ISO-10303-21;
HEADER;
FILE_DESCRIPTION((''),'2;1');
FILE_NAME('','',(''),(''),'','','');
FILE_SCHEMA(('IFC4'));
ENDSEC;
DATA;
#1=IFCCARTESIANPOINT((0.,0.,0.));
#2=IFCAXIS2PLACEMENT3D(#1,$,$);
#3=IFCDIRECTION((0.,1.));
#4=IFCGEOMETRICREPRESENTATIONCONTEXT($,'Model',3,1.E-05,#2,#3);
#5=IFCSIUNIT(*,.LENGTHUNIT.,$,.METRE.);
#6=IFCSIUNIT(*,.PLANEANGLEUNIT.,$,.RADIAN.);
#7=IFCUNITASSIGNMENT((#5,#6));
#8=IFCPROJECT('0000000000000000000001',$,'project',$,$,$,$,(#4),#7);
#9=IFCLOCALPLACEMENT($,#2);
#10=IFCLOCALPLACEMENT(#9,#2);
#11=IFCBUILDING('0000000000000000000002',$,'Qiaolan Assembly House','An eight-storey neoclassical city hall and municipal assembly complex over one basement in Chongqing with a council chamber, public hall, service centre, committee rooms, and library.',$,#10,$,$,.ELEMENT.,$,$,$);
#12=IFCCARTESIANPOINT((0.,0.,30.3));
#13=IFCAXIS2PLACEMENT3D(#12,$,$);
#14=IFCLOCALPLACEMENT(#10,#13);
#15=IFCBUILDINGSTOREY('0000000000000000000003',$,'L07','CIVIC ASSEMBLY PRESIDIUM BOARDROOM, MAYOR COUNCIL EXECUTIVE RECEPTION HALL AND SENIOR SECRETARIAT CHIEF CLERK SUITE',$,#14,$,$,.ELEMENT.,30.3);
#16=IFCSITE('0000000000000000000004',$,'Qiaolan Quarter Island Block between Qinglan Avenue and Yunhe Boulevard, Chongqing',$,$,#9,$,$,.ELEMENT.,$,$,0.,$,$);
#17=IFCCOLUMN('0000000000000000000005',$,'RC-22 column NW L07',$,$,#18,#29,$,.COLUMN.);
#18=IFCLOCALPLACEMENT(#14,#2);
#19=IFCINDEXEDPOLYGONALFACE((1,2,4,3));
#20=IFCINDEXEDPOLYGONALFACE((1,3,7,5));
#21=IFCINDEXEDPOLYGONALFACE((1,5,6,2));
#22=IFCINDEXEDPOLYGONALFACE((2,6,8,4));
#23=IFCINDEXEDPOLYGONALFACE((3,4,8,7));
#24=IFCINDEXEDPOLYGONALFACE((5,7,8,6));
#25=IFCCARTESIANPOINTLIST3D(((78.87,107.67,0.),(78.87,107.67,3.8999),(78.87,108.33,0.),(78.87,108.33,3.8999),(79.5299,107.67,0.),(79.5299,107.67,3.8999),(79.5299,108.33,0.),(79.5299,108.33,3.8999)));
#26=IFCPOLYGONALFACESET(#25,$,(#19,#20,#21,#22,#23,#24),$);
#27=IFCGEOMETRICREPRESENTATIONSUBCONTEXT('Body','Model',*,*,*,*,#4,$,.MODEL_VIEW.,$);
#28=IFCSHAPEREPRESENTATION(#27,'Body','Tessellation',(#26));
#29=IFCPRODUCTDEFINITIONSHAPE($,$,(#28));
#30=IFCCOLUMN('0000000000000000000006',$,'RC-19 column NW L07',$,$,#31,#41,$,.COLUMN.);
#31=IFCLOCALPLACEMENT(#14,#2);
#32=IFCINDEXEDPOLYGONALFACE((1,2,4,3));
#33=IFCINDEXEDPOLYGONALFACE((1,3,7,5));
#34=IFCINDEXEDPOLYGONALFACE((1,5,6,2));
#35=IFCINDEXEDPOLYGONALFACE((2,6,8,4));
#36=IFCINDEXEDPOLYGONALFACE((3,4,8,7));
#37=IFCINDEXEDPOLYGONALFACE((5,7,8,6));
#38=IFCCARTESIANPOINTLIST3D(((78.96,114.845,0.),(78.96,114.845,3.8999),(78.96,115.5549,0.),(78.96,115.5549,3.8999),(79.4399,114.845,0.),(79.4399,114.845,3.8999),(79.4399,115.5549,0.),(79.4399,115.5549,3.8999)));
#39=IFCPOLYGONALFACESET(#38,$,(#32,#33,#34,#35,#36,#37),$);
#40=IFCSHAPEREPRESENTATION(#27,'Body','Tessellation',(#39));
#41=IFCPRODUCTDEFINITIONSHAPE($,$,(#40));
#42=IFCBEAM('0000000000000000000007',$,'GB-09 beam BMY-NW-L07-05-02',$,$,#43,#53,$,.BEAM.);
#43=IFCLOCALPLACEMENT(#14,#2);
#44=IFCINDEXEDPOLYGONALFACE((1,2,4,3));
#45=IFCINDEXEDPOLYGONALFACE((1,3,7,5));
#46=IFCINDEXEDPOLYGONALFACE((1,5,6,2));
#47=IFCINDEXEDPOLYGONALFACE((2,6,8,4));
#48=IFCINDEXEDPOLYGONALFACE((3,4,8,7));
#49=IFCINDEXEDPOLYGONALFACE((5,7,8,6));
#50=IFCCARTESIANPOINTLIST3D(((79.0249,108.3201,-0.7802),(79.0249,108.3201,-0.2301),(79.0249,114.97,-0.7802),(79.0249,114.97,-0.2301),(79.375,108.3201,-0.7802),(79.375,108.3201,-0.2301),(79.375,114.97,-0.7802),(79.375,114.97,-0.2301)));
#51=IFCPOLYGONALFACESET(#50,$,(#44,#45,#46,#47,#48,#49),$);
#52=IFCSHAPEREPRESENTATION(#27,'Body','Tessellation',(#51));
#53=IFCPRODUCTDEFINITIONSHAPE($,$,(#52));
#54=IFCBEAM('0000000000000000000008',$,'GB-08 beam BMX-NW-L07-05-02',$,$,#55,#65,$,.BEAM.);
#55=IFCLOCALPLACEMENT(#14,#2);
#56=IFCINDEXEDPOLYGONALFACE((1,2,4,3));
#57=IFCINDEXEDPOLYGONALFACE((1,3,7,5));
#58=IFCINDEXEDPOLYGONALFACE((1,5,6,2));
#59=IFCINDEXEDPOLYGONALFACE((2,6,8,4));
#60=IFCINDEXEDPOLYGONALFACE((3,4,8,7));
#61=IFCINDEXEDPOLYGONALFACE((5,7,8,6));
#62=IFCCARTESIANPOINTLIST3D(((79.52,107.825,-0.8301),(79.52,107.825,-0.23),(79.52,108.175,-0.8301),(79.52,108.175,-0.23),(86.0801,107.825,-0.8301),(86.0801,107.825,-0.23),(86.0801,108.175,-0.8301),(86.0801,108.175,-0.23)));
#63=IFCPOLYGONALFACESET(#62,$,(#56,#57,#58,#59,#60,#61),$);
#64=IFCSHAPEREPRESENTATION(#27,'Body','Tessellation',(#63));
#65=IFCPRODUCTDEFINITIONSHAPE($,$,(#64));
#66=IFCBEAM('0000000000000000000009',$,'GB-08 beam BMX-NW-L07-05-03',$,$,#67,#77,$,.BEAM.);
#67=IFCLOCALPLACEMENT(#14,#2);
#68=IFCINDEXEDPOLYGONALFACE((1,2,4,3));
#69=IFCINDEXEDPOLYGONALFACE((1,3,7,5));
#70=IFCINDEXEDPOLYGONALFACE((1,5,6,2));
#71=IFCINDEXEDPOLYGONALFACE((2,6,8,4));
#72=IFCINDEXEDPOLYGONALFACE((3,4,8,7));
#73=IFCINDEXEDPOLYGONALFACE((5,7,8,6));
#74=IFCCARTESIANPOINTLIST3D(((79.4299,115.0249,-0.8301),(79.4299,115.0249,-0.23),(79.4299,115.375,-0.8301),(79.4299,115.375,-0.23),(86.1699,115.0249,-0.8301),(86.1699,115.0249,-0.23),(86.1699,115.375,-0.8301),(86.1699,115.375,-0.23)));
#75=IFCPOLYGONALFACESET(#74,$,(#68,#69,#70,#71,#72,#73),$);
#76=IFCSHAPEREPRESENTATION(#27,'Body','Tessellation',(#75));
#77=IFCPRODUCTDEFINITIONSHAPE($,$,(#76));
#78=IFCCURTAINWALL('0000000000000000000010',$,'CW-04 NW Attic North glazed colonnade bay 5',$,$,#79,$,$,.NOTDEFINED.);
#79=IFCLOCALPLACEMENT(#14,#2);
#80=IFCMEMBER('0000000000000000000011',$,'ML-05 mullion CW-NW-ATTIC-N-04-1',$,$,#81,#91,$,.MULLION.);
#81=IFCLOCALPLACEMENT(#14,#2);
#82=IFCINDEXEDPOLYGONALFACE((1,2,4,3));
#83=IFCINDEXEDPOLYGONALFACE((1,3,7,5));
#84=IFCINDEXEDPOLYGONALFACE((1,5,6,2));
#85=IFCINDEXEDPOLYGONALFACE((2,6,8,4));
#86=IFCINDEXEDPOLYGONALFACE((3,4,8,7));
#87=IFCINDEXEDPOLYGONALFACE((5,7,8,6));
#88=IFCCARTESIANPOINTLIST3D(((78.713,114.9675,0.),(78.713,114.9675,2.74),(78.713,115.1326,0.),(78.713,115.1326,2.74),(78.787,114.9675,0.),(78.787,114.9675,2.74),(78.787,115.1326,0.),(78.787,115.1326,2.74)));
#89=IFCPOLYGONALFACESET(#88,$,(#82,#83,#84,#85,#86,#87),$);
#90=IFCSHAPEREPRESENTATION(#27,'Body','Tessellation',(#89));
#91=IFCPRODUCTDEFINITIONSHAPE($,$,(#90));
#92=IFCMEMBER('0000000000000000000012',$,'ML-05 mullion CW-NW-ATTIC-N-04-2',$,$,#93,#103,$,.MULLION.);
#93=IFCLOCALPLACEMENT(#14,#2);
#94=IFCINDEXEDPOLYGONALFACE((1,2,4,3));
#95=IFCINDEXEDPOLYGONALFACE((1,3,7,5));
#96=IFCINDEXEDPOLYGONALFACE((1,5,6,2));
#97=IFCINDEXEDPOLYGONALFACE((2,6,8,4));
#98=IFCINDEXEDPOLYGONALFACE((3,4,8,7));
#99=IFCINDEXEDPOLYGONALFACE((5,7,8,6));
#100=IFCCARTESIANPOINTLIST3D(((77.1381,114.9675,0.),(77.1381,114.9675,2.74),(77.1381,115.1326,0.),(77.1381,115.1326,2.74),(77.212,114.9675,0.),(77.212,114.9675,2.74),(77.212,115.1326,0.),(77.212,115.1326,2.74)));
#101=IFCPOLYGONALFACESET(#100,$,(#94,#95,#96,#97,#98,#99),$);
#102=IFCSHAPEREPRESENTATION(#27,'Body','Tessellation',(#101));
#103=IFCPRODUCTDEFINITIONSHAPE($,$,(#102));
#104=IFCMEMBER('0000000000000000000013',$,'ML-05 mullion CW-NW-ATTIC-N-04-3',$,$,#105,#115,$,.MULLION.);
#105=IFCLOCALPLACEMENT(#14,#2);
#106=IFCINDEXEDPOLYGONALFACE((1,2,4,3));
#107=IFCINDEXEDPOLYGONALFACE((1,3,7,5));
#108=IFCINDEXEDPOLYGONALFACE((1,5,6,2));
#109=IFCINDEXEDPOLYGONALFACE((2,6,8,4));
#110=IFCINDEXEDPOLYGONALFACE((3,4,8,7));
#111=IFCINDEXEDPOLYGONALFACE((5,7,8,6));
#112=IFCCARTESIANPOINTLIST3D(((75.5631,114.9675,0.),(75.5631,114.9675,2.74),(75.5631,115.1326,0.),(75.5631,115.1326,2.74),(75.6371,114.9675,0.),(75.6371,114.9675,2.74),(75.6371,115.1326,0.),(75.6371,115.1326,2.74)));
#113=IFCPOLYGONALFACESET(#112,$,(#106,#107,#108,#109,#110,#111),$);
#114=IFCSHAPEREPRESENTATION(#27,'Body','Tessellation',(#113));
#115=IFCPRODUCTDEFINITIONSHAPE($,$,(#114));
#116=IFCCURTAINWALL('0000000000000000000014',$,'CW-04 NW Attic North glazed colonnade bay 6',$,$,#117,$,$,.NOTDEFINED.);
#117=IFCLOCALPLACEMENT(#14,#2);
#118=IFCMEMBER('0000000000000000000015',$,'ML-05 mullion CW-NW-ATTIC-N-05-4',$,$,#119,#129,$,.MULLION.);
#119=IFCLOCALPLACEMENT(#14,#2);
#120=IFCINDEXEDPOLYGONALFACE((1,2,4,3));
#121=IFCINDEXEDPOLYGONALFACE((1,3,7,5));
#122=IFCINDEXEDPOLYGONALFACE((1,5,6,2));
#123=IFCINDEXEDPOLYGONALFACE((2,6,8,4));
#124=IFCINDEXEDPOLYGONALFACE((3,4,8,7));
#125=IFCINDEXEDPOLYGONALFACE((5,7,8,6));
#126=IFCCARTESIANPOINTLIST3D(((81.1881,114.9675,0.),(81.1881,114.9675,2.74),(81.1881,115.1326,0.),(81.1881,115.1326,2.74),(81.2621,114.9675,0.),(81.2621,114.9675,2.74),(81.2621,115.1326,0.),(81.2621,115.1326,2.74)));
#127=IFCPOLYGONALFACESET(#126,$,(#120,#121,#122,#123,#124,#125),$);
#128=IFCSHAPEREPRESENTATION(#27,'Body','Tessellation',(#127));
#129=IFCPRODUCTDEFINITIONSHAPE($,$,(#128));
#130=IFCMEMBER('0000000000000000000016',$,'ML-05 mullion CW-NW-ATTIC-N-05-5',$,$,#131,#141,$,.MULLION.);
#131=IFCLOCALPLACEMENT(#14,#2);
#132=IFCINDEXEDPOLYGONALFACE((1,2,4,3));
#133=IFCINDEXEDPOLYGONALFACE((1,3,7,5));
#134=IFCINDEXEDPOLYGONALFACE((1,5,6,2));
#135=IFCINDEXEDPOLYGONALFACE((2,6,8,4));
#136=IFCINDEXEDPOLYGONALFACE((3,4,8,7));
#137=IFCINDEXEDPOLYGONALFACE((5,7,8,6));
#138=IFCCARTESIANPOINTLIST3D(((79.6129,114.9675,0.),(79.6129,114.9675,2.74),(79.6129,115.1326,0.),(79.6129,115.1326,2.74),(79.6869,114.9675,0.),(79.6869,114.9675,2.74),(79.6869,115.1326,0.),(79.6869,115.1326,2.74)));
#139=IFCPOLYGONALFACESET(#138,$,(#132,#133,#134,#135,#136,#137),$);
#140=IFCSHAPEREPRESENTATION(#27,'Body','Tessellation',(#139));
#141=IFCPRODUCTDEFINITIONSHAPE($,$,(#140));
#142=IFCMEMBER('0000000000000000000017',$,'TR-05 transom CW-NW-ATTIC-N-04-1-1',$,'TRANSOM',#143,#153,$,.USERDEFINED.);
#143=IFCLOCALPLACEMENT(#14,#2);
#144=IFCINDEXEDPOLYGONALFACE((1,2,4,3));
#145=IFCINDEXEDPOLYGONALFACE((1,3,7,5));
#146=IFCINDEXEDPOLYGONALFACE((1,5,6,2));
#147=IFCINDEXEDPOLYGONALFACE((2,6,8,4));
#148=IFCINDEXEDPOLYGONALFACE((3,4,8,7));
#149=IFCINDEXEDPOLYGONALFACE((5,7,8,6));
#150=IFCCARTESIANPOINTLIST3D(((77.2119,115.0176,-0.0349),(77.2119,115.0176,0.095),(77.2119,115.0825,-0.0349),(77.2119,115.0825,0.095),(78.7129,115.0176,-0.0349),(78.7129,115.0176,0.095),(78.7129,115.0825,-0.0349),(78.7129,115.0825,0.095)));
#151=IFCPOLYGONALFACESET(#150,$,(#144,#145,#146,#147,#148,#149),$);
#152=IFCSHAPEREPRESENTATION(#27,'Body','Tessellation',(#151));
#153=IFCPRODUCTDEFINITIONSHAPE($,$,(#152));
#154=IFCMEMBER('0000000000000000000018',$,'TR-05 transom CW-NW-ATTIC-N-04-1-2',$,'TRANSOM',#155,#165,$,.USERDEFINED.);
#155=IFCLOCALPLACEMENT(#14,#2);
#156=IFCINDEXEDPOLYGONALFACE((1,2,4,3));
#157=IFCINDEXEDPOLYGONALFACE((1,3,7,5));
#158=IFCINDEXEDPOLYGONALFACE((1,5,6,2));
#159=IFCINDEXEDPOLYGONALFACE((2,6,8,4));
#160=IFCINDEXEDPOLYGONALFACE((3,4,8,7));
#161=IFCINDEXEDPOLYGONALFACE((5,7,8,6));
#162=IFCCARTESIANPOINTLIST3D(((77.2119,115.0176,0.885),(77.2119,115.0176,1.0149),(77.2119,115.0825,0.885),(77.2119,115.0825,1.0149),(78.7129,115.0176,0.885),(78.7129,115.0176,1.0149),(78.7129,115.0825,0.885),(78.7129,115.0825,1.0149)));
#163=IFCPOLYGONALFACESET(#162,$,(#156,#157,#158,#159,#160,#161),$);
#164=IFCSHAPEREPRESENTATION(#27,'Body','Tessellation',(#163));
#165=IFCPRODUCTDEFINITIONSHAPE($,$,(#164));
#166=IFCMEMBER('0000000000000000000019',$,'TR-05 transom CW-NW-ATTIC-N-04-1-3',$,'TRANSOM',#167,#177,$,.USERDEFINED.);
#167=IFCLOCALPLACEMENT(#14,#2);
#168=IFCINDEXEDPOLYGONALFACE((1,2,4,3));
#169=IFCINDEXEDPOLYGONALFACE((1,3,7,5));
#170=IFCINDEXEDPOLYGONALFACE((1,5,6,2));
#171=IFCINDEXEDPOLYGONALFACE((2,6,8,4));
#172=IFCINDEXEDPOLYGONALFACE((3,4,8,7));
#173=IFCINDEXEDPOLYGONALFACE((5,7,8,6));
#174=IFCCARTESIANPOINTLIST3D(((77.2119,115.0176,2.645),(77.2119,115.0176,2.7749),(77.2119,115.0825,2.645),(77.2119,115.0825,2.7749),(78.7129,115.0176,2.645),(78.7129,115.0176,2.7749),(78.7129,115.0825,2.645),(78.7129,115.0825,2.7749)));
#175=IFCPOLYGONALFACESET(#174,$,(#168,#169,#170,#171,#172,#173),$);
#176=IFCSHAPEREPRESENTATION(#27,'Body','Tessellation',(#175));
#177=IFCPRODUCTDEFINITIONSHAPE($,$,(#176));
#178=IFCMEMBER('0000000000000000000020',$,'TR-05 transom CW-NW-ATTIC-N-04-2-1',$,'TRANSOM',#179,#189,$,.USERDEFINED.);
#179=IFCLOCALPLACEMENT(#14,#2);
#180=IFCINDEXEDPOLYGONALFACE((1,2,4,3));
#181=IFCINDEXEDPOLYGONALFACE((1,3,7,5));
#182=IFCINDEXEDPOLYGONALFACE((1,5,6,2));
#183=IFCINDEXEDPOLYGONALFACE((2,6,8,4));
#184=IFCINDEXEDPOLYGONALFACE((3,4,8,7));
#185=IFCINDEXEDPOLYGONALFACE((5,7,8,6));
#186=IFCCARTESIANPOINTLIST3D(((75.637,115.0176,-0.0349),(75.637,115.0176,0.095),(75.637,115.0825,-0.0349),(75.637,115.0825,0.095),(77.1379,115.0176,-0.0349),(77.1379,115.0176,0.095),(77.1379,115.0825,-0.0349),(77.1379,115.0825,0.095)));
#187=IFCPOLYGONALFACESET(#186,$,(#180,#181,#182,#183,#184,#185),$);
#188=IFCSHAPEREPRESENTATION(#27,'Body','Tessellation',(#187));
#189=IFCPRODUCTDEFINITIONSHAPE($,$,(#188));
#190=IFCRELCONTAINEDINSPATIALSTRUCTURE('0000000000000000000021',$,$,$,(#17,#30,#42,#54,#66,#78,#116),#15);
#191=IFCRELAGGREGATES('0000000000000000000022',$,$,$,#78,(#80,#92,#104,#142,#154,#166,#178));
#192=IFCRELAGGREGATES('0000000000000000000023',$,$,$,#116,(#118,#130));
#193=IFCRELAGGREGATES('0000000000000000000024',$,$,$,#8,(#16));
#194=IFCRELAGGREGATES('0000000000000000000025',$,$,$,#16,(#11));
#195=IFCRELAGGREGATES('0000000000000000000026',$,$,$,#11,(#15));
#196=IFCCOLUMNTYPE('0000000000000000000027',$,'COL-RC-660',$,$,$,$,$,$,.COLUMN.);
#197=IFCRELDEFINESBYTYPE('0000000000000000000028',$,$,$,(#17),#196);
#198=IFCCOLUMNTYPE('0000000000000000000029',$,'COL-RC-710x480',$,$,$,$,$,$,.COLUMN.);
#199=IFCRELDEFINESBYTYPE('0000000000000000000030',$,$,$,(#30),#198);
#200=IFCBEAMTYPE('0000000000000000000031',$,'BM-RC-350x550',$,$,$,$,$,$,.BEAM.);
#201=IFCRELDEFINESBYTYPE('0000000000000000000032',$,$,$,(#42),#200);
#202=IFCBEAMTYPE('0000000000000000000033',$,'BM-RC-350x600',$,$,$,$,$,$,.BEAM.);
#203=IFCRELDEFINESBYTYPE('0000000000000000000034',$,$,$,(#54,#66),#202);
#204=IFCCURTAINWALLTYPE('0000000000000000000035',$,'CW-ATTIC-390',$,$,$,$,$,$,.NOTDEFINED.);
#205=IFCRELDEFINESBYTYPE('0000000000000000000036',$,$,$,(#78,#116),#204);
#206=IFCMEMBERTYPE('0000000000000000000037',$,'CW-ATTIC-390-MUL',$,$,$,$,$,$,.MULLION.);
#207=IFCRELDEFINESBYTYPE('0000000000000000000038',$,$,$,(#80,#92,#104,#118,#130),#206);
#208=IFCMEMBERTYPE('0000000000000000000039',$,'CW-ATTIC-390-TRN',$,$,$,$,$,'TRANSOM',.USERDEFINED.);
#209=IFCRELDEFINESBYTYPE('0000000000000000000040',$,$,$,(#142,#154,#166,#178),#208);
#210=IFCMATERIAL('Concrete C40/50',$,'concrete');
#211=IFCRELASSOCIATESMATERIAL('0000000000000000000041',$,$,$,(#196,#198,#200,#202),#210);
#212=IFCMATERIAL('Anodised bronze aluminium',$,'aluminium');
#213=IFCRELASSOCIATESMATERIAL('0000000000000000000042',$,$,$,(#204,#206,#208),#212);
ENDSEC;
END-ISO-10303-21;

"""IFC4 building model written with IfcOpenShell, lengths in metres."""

from ifc_helpers import new_model, si_unit, direction, frame, origin, origin_2d, place, context, subcontext, project, spatial, rectangle, extrude, material, material_profile, profile_set, type_object, element, aggregate, save


model = new_model("IFC4")

# Units and contexts
model_context = context("Model", 3, precision=1e-05, world=origin(), true_north=direction((0.0, 1.0)))
body_context = subcontext(model_context, "Body", "Model", "MODEL_VIEW")
ifc_project = project(units=[si_unit("LENGTHUNIT", "METRE"), si_unit("PLANEANGLEUNIT", "RADIAN")], contexts=[model_context])

# Site, building, storey
site_placement = place(None, origin())
site = spatial("IfcSite", under=ifc_project, at=site_placement, Name="Qiaolan Quarter Island Block between Qinglan Avenue and Yunhe Boulevard, Chongqing", CompositionType="ELEMENT", RefElevation=0.0)
building_placement = place(site_placement, origin())
building = spatial("IfcBuilding", under=site, at=building_placement, Name="Qiaolan Assembly House", Description="An eight-storey neoclassical city hall and municipal assembly complex over one basement in Chongqing with a council chamber, public hall, service centre, committee rooms, and library.", CompositionType="ELEMENT")
storey_placement = place(building_placement, frame((0.0, 0.0, 30.3)))
storey = spatial("IfcBuildingStorey", under=building, at=storey_placement, Name="L07", Description="CIVIC ASSEMBLY PRESIDIUM BOARDROOM, MAYOR COUNCIL EXECUTIVE RECEPTION HALL AND SENIOR SECRETARIAT CHIEF CLERK SUITE", CompositionType="ELEMENT", Elevation=30.3)

# Columns
ifc_material_1 = material(Name="Concrete C40/50", Category="concrete")
ifc_material_profile_1 = material_profile(ifc_material_1, rectangle(XDim=0.6599, YDim=0.6599, at=origin_2d()), Name="RC 660x660")
ifc_profile_set_1 = profile_set([ifc_material_profile_1], Name="Concrete C40/50")
column_type_1 = type_object("IfcColumnType", Name="COL-RC-660", PredefinedType="COLUMN", material=ifc_profile_set_1)
column_1_placement = place(storey_placement, frame((79.2, 108.0, 0.0), z_axis=(0.0, 0.0, 1.0), x_axis=(1.0, 0.0, 0.0)))
element("IfcColumn", 1, at=column_1_placement, inside=storey, type_object=column_type_1, Name="RC-22 column NW L07", PredefinedType="COLUMN", context=body_context, shape_type="SweptSolid", body=[
    extrude(rectangle(XDim=0.6599, YDim=0.6599, at=origin_2d()), origin(), (0.0, 0.0, 1.0), 3.8999),
])
ifc_material_profile_2 = material_profile(ifc_material_1, rectangle(XDim=0.48, YDim=0.71, at=origin_2d()), Name="RC 710x480")
ifc_profile_set_2 = profile_set([ifc_material_profile_2], Name="Concrete C40/50")
column_type_2 = type_object("IfcColumnType", Name="COL-RC-710x480", PredefinedType="COLUMN", material=ifc_profile_set_2)
column_2_placement = place(storey_placement, frame((79.2, 115.2, 0.0), z_axis=(0.0, 0.0, 1.0), x_axis=(1.0, 0.0, 0.0)))
element("IfcColumn", 2, at=column_2_placement, inside=storey, type_object=column_type_2, Name="RC-19 column NW L07", PredefinedType="COLUMN", context=body_context, shape_type="SweptSolid", body=[
    extrude(rectangle(XDim=0.48, YDim=0.71, at=origin_2d()), origin(), (0.0, 0.0, 1.0), 3.8999),
])

# Beams
ifc_material_profile_3 = material_profile(ifc_material_1, rectangle(XDim=0.3501, YDim=0.55, at=origin_2d()), Name="RCB 350x550")
ifc_profile_set_3 = profile_set([ifc_material_profile_3], Name="Concrete C40/50")
beam_type_1 = type_object("IfcBeamType", Name="BM-RC-350x550", PredefinedType="BEAM", material=ifc_profile_set_3)
beam_1_placement = place(storey_placement, frame((79.2, 108.3201, -0.5051), z_axis=(0.0, 1.0, 0.0), x_axis=(-1.0, 0.0, 0.0)))
element("IfcBeam", 3, at=beam_1_placement, inside=storey, type_object=beam_type_1, Name="GB-09 beam BMY-NW-L07-05-02", PredefinedType="BEAM", context=body_context, shape_type="SweptSolid", body=[
    extrude(rectangle(XDim=0.3501, YDim=0.55, at=origin_2d()), origin(), (0.0, 0.0, 1.0), 6.6499),
])
ifc_material_profile_4 = material_profile(ifc_material_1, rectangle(XDim=0.3501, YDim=0.6001, at=origin_2d()), Name="RCB 350x600")
ifc_profile_set_4 = profile_set([ifc_material_profile_4], Name="Concrete C40/50")
beam_type_2 = type_object("IfcBeamType", Name="BM-RC-350x600", PredefinedType="BEAM", material=ifc_profile_set_4)
beam_2_placement = place(storey_placement, frame((79.52, 108.0, -0.53), z_axis=(1.0, 0.0, 0.0), x_axis=(0.0, 1.0, 0.0)))
element("IfcBeam", 4, at=beam_2_placement, inside=storey, type_object=beam_type_2, Name="GB-08 beam BMX-NW-L07-05-02", PredefinedType="BEAM", context=body_context, shape_type="SweptSolid", body=[
    extrude(rectangle(XDim=0.3501, YDim=0.6001, at=origin_2d()), origin(), (0.0, 0.0, 1.0), 6.5601),
])
beam_3_placement = place(storey_placement, frame((79.4299, 115.2, -0.53), z_axis=(1.0, 0.0, 0.0), x_axis=(0.0, 1.0, 0.0)))
element("IfcBeam", 5, at=beam_3_placement, inside=storey, type_object=beam_type_2, Name="GB-08 beam BMX-NW-L07-05-03", PredefinedType="BEAM", context=body_context, shape_type="SweptSolid", body=[
    extrude(rectangle(XDim=0.3501, YDim=0.6001, at=origin_2d()), origin(), (0.0, 0.0, 1.0), 6.74),
])

# Curtain walls, members
ifc_material_2 = material(Name="Anodised bronze aluminium", Category="aluminium")
curtain_wall_type = type_object("IfcCurtainWallType", Name="CW-ATTIC-390", PredefinedType="NOTDEFINED", material=ifc_material_2)
curtain_wall_1_placement = place(storey_placement, origin())
curtain_wall_1 = element("IfcCurtainWall", 6, at=curtain_wall_1_placement, inside=storey, type_object=curtain_wall_type, Name="CW-04 NW Attic North glazed colonnade bay 5", PredefinedType="NOTDEFINED")
ifc_material_profile_5 = material_profile(ifc_material_2, rectangle(XDim=0.074, YDim=0.165, at=origin_2d()), Name="MUL 74x165")
ifc_profile_set_5 = profile_set([ifc_material_profile_5], Name="Anodised bronze aluminium")
member_type_1 = type_object("IfcMemberType", Name="CW-ATTIC-390-MUL", PredefinedType="MULLION", material=ifc_profile_set_5)
member_1_placement = place(storey_placement, frame((78.75, 115.05, 0.0), z_axis=(0.0, 0.0, 1.0), x_axis=(-1.0, 0.0, 0.0)))
member_1 = element("IfcMember", 7, at=member_1_placement, type_object=member_type_1, Name="ML-05 mullion CW-NW-ATTIC-N-04-1", PredefinedType="MULLION", context=body_context, shape_type="SweptSolid", body=[
    extrude(rectangle(XDim=0.074, YDim=0.165, at=origin_2d()), origin(), (0.0, 0.0, 1.0), 2.74),
])
member_2_placement = place(storey_placement, frame((77.175, 115.05, 0.0), z_axis=(0.0, 0.0, 1.0), x_axis=(-1.0, 0.0, 0.0)))
member_2 = element("IfcMember", 8, at=member_2_placement, type_object=member_type_1, Name="ML-05 mullion CW-NW-ATTIC-N-04-2", PredefinedType="MULLION", context=body_context, shape_type="SweptSolid", body=[
    extrude(rectangle(XDim=0.074, YDim=0.165, at=origin_2d()), origin(), (0.0, 0.0, 1.0), 2.74),
])
member_3_placement = place(storey_placement, frame((75.6001, 115.05, 0.0), z_axis=(0.0, 0.0, 1.0), x_axis=(-1.0, 0.0, 0.0)))
member_3 = element("IfcMember", 9, at=member_3_placement, type_object=member_type_1, Name="ML-05 mullion CW-NW-ATTIC-N-04-3", PredefinedType="MULLION", context=body_context, shape_type="SweptSolid", body=[
    extrude(rectangle(XDim=0.074, YDim=0.165, at=origin_2d()), origin(), (0.0, 0.0, 1.0), 2.74),
])
curtain_wall_2_placement = place(storey_placement, origin())
curtain_wall_2 = element("IfcCurtainWall", 10, at=curtain_wall_2_placement, inside=storey, type_object=curtain_wall_type, Name="CW-04 NW Attic North glazed colonnade bay 6", PredefinedType="NOTDEFINED")
member_4_placement = place(storey_placement, frame((81.2251, 115.05, 0.0), z_axis=(0.0, 0.0, 1.0), x_axis=(-1.0, 0.0, 0.0)))
member_4 = element("IfcMember", 11, at=member_4_placement, type_object=member_type_1, Name="ML-05 mullion CW-NW-ATTIC-N-05-4", PredefinedType="MULLION", context=body_context, shape_type="SweptSolid", body=[
    extrude(rectangle(XDim=0.074, YDim=0.165, at=origin_2d()), origin(), (0.0, 0.0, 1.0), 2.74),
])
member_5_placement = place(storey_placement, frame((79.6499, 115.05, 0.0), z_axis=(0.0, 0.0, 1.0), x_axis=(-1.0, 0.0, 0.0)))
member_5 = element("IfcMember", 12, at=member_5_placement, type_object=member_type_1, Name="ML-05 mullion CW-NW-ATTIC-N-05-5", PredefinedType="MULLION", context=body_context, shape_type="SweptSolid", body=[
    extrude(rectangle(XDim=0.074, YDim=0.165, at=origin_2d()), origin(), (0.0, 0.0, 1.0), 2.74),
])

# Members
ifc_material_profile_6 = material_profile(ifc_material_2, rectangle(XDim=0.0649, YDim=0.1299, at=origin_2d()), Name="TRN 65x130")
ifc_profile_set_6 = profile_set([ifc_material_profile_6], Name="Anodised bronze aluminium")
member_type_2 = type_object("IfcMemberType", Name="CW-ATTIC-390-TRN", ElementType="TRANSOM", PredefinedType="USERDEFINED", material=ifc_profile_set_6)
member_6_placement = place(storey_placement, frame((78.7129, 115.05, 0.03), z_axis=(-1.0, 0.0, 0.0), x_axis=(0.0, -1.0, 0.0)))
member_6 = element("IfcMember", 13, at=member_6_placement, type_object=member_type_2, Name="TR-05 transom CW-NW-ATTIC-N-04-1-1", ObjectType="TRANSOM", PredefinedType="USERDEFINED", context=body_context, shape_type="SweptSolid", body=[
    extrude(rectangle(XDim=0.0649, YDim=0.1299, at=origin_2d()), origin(), (0.0, 0.0, 1.0), 1.501),
])
member_7_placement = place(storey_placement, frame((78.7129, 115.05, 0.95), z_axis=(-1.0, 0.0, 0.0), x_axis=(0.0, -1.0, 0.0)))
member_7 = element("IfcMember", 14, at=member_7_placement, type_object=member_type_2, Name="TR-05 transom CW-NW-ATTIC-N-04-1-2", ObjectType="TRANSOM", PredefinedType="USERDEFINED", context=body_context, shape_type="SweptSolid", body=[
    extrude(rectangle(XDim=0.0649, YDim=0.1299, at=origin_2d()), origin(), (0.0, 0.0, 1.0), 1.501),
])
member_8_placement = place(storey_placement, frame((78.7129, 115.05, 2.71), z_axis=(-1.0, 0.0, 0.0), x_axis=(0.0, -1.0, 0.0)))
member_8 = element("IfcMember", 15, at=member_8_placement, type_object=member_type_2, Name="TR-05 transom CW-NW-ATTIC-N-04-1-3", ObjectType="TRANSOM", PredefinedType="USERDEFINED", context=body_context, shape_type="SweptSolid", body=[
    extrude(rectangle(XDim=0.0649, YDim=0.1299, at=origin_2d()), origin(), (0.0, 0.0, 1.0), 1.501),
])
member_9_placement = place(storey_placement, frame((77.1379, 115.05, 0.03), z_axis=(-1.0, 0.0, 0.0), x_axis=(0.0, -1.0, 0.0)))
member_9 = element("IfcMember", 16, at=member_9_placement, type_object=member_type_2, Name="TR-05 transom CW-NW-ATTIC-N-04-2-1", ObjectType="TRANSOM", PredefinedType="USERDEFINED", context=body_context, shape_type="SweptSolid", body=[
    extrude(rectangle(XDim=0.0649, YDim=0.1299, at=origin_2d()), origin(), (0.0, 0.0, 1.0), 1.501),
])

aggregate(curtain_wall_1, [member_1, member_2, member_3, member_6, member_7, member_8, member_9])
aggregate(curtain_wall_2, [member_4, member_5])

save(model, "model.ifc")
